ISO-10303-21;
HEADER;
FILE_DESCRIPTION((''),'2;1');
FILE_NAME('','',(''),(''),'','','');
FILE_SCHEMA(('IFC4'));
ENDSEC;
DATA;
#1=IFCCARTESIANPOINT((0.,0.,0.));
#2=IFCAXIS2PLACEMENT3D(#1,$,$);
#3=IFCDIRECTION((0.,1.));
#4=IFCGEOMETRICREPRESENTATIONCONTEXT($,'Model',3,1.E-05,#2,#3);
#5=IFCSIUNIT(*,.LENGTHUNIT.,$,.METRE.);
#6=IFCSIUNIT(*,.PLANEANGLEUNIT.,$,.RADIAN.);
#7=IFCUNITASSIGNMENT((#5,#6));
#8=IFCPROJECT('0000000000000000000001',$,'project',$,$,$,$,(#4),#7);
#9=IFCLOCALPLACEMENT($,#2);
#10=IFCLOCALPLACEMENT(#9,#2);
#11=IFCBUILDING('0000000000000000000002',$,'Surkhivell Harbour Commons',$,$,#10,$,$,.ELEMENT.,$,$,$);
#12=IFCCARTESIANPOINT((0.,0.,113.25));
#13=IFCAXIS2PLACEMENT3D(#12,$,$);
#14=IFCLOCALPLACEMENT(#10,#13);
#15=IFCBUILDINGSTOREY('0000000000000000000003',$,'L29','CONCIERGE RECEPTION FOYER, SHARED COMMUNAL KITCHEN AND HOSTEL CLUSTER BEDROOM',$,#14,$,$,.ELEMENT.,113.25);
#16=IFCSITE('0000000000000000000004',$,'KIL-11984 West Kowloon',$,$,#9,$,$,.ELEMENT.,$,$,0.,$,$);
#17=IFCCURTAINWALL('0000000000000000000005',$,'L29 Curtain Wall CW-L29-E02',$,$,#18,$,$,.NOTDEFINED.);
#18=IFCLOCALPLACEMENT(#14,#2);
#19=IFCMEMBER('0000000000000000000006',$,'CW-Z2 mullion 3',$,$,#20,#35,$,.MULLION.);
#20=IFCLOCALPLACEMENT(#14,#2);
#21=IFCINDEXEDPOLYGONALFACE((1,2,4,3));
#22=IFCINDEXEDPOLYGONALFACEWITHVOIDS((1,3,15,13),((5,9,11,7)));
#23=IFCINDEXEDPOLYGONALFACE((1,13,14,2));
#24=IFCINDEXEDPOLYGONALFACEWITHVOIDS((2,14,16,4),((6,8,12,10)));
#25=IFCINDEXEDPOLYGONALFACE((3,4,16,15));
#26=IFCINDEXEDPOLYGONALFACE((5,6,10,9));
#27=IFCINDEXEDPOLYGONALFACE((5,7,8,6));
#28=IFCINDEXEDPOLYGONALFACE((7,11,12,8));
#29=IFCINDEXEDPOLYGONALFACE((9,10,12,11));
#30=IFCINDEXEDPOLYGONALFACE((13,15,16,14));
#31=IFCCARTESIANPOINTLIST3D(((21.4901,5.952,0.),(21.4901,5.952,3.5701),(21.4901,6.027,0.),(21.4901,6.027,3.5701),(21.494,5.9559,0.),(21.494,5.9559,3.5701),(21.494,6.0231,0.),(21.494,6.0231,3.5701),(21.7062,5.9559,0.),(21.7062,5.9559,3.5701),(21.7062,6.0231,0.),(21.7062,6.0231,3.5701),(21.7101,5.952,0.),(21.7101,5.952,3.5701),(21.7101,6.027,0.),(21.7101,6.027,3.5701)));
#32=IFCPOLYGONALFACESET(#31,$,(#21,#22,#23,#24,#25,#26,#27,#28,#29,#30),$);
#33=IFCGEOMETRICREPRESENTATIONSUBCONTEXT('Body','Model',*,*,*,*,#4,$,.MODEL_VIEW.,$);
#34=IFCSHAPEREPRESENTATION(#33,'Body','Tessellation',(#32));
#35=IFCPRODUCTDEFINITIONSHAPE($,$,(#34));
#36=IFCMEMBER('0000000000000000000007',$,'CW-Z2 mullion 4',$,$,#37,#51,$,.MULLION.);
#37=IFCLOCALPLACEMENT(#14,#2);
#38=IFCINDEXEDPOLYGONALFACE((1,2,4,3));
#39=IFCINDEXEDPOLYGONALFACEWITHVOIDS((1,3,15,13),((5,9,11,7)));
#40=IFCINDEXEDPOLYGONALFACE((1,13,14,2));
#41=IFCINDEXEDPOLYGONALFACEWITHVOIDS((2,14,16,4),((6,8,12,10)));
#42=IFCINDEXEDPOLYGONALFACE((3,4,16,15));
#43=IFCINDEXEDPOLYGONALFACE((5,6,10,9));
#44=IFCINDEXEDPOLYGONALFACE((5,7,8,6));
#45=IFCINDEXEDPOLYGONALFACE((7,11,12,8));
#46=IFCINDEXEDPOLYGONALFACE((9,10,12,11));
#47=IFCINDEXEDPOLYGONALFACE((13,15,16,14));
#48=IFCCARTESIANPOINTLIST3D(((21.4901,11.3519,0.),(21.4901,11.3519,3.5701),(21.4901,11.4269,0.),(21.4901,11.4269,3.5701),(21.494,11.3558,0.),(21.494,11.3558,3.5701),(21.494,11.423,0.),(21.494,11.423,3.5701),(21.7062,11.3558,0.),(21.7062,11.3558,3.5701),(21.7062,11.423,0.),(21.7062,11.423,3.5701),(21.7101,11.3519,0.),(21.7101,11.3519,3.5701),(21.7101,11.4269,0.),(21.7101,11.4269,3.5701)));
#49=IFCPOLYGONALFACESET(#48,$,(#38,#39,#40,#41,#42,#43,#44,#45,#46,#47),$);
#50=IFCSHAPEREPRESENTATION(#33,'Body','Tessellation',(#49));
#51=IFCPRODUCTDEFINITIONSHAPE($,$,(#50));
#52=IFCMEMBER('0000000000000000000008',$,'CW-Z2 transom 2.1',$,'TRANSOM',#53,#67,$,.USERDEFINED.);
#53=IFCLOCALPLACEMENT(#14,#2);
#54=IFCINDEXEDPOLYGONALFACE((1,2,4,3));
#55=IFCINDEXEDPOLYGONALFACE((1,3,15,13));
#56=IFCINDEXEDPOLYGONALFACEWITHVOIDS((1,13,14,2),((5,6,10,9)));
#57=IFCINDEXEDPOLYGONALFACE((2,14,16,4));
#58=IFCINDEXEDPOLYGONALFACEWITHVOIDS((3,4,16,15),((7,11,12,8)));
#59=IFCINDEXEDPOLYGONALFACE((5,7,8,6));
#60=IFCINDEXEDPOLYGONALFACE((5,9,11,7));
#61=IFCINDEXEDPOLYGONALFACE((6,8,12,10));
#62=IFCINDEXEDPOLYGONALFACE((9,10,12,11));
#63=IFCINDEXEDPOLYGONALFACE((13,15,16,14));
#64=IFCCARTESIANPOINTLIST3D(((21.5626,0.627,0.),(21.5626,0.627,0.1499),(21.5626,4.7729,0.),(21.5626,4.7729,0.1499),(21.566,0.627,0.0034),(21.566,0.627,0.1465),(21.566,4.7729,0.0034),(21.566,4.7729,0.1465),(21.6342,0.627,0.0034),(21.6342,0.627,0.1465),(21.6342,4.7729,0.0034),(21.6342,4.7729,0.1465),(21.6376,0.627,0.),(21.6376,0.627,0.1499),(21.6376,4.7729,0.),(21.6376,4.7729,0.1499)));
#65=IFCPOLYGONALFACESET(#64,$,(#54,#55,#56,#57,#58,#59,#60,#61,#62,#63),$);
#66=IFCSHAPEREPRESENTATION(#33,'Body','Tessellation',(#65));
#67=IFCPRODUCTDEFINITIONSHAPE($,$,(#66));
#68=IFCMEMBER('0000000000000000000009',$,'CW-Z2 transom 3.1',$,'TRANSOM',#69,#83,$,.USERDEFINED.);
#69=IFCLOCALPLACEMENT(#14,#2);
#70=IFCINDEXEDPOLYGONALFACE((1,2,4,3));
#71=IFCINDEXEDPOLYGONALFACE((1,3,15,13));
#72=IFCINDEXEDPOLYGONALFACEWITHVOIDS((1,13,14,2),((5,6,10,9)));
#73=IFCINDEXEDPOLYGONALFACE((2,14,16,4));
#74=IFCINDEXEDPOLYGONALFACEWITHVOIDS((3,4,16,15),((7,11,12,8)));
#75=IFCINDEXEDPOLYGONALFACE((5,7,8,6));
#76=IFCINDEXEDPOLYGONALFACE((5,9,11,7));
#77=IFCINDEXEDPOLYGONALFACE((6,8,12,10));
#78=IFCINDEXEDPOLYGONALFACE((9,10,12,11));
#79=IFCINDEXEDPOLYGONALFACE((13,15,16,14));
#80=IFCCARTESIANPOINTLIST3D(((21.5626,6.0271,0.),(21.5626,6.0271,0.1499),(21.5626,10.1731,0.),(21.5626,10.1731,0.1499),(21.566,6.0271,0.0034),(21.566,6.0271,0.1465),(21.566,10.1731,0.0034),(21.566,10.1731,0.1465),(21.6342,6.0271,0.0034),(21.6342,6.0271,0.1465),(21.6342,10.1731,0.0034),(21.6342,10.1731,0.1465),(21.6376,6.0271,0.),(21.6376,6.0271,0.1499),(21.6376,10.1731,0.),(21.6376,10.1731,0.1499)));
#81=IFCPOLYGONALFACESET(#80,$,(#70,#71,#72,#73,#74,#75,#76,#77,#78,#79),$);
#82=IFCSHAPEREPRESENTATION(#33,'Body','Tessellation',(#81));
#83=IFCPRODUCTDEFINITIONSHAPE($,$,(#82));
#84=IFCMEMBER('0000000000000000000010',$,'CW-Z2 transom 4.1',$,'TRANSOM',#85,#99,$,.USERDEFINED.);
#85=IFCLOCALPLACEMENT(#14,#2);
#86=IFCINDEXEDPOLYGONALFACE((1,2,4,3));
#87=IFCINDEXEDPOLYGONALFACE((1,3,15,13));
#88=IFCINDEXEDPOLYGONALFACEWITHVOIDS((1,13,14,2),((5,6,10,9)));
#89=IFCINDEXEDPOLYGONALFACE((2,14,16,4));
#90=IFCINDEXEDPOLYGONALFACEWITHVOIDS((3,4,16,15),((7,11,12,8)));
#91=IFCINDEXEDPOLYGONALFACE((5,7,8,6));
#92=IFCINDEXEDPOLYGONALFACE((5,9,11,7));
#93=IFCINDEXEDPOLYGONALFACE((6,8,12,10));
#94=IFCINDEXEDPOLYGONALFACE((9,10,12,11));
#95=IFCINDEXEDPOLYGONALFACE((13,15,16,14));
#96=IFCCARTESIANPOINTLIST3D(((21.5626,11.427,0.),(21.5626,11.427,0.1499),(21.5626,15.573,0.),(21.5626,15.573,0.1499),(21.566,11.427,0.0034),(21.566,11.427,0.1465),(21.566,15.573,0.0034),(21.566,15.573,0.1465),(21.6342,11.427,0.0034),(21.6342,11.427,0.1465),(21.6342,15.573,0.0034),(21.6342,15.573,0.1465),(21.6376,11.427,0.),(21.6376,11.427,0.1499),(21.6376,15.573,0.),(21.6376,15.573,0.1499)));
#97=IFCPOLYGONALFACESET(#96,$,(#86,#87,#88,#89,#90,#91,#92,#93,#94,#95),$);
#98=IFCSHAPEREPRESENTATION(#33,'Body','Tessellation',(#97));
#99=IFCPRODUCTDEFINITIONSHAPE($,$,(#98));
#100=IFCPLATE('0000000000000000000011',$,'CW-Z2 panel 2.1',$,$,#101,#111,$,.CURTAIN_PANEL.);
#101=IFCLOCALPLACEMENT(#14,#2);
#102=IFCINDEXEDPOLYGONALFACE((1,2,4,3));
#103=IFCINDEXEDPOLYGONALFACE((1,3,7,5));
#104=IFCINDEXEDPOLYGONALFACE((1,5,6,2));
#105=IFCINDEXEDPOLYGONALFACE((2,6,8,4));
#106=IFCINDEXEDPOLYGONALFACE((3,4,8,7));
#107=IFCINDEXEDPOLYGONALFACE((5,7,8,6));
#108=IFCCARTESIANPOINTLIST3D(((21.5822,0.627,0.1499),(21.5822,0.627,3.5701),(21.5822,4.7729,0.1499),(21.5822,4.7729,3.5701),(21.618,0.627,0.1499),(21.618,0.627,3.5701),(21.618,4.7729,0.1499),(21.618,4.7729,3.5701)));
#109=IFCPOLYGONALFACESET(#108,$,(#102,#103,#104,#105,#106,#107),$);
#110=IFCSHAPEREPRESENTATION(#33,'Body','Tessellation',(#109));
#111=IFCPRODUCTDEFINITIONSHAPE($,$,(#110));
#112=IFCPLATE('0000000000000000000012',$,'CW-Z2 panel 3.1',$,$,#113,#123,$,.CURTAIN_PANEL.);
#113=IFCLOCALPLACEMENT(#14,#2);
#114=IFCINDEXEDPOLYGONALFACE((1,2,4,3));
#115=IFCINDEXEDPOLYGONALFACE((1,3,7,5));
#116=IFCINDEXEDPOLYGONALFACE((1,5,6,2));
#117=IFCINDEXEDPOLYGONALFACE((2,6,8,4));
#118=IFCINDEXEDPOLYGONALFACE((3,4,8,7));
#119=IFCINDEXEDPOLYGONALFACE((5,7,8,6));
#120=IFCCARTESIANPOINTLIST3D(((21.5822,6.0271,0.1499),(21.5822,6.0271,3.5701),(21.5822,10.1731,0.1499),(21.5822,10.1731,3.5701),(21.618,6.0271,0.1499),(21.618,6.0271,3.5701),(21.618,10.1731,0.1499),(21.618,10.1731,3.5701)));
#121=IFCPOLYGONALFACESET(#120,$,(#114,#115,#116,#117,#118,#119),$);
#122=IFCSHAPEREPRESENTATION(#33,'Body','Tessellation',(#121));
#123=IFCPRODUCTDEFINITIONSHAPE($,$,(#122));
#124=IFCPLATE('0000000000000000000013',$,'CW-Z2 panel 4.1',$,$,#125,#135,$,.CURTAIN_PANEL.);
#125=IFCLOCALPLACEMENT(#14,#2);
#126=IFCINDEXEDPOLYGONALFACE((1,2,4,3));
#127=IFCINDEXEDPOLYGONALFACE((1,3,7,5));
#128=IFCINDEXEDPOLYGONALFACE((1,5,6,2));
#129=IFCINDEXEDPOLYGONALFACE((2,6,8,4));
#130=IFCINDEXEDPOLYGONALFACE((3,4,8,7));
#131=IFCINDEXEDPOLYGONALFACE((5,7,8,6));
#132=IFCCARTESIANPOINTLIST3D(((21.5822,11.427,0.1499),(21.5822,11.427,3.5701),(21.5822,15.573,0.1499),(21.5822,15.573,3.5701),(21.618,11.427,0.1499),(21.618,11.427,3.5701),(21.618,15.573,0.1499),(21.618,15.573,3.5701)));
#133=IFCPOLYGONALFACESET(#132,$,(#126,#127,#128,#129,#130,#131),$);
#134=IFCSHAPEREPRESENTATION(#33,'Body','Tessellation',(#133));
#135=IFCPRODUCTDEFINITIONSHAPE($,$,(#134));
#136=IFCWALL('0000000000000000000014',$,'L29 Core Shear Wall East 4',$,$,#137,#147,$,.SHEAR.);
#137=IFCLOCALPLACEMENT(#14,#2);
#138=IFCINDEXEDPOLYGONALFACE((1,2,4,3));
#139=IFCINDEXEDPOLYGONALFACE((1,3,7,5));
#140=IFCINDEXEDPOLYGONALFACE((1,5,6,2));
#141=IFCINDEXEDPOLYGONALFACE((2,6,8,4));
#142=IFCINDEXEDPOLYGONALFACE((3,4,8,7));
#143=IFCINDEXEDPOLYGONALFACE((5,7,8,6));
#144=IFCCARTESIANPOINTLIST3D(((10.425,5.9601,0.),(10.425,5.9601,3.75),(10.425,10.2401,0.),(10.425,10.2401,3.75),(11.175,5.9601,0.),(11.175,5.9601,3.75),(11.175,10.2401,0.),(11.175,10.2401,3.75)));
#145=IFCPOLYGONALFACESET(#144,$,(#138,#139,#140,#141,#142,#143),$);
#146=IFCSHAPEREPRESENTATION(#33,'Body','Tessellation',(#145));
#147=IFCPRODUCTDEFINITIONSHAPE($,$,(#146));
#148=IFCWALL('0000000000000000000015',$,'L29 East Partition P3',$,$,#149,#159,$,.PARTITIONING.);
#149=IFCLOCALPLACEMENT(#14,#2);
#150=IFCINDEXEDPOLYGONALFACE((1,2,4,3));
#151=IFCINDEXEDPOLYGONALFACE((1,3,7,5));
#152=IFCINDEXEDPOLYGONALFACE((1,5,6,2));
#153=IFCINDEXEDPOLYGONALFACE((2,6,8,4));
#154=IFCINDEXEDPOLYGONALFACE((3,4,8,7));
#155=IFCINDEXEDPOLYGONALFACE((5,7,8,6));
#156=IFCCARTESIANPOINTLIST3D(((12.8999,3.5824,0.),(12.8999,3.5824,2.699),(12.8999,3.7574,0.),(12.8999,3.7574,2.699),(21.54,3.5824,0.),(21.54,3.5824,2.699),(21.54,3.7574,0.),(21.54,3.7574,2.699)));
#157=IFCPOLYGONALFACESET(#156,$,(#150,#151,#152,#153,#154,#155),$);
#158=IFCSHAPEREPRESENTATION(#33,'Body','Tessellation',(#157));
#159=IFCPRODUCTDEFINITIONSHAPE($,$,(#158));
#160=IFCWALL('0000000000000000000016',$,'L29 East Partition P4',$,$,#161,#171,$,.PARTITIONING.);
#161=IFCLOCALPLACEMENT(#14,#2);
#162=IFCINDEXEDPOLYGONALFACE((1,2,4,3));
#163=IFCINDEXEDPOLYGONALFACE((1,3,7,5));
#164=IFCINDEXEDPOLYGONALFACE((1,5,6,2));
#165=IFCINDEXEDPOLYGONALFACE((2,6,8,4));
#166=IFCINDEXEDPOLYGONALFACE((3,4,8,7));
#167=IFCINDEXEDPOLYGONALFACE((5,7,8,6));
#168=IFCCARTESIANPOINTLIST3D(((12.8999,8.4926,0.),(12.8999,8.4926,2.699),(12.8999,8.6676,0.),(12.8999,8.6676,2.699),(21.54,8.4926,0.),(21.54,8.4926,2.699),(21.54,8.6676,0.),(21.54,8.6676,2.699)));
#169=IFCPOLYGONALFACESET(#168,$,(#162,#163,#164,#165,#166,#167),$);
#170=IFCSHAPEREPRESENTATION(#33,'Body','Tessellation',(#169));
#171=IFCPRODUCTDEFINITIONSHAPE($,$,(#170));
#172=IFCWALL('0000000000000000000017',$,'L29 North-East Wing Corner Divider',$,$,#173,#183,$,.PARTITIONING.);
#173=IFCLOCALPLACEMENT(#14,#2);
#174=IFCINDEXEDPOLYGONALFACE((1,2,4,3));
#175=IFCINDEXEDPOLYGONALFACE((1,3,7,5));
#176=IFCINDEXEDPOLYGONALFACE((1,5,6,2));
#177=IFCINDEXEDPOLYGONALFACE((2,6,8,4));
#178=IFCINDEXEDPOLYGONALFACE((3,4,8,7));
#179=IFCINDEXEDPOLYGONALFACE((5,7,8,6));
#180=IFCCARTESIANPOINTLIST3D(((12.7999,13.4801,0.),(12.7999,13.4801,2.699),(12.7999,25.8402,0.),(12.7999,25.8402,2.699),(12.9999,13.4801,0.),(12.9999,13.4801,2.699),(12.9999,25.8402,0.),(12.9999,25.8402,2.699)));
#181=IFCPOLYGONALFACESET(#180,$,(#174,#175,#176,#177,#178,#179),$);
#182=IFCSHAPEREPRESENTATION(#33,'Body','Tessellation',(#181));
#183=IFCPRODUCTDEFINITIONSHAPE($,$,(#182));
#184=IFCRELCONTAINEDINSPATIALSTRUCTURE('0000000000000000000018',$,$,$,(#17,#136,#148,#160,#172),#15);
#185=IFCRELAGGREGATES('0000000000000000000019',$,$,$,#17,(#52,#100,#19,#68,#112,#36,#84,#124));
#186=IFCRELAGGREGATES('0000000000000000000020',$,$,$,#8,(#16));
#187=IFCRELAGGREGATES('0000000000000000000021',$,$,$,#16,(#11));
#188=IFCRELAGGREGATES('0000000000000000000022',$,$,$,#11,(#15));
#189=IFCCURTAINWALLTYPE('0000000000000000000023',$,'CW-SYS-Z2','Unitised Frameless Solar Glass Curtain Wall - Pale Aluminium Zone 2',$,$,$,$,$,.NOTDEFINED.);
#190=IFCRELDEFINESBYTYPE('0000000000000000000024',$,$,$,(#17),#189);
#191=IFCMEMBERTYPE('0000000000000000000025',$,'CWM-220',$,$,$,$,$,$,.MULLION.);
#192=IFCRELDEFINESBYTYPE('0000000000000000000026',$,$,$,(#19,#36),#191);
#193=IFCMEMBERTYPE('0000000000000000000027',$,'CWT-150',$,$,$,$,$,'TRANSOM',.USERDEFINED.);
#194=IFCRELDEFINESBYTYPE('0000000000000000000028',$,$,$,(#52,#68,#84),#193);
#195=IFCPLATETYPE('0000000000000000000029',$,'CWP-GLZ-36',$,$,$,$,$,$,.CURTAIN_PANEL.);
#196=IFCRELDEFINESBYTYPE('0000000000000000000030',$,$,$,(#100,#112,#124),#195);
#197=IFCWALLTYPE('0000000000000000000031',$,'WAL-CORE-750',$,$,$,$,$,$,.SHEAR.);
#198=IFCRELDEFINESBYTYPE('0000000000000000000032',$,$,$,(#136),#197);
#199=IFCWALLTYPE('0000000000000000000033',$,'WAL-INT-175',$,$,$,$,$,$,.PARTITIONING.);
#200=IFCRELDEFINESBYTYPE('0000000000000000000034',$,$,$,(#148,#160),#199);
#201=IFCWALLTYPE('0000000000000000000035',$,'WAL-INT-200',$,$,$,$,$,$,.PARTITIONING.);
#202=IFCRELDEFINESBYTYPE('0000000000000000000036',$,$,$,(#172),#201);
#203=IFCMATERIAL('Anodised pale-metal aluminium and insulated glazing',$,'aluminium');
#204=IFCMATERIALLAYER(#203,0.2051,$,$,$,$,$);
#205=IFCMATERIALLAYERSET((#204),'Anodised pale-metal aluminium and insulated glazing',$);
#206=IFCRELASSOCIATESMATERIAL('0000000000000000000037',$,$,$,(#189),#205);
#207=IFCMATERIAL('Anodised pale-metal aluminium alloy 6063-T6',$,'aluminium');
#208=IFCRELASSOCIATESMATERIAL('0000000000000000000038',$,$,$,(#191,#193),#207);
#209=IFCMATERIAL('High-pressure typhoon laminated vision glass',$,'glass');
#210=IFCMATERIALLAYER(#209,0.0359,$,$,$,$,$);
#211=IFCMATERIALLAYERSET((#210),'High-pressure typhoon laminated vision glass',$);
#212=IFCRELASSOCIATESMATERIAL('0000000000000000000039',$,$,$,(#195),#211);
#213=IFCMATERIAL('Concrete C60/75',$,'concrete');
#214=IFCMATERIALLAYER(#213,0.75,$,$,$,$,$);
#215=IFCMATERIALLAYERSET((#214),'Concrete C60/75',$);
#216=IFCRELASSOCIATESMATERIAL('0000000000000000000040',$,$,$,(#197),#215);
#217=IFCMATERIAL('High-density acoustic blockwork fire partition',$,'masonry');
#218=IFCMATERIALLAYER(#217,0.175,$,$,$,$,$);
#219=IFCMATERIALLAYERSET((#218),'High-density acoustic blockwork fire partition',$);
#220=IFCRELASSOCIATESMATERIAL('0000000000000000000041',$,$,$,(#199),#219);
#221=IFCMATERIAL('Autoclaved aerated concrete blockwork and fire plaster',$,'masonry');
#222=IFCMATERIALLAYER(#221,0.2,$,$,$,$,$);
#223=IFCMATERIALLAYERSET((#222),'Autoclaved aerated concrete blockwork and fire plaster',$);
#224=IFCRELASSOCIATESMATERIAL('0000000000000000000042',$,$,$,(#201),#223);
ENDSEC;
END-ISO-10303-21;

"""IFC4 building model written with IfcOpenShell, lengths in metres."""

from ifc_helpers import new_model, si_unit, direction, frame, frame_2d, origin, origin_2d, place, context, subcontext, project, spatial, rectangle, hollow_rectangle, extrude, material, layer, layer_set, material_profile, profile_set, type_object, element, aggregate, save


model = new_model("IFC4")

# Units and contexts
model_context = context("Model", 3, precision=1e-05, world=origin(), true_north=direction((0.0, 1.0)))
body_context = subcontext(model_context, "Body", "Model", "MODEL_VIEW")
ifc_project = project(units=[si_unit("LENGTHUNIT", "METRE"), si_unit("PLANEANGLEUNIT", "RADIAN")], contexts=[model_context])

# Site, building, storey
site_placement = place(None, origin())
site = spatial("IfcSite", under=ifc_project, at=site_placement, Name="KIL-11984 West Kowloon", CompositionType="ELEMENT", RefElevation=0.0)
building_placement = place(site_placement, origin())
building = spatial("IfcBuilding", under=site, at=building_placement, Name="Surkhivell Harbour Commons", CompositionType="ELEMENT")
storey_placement = place(building_placement, frame((0.0, 0.0, 113.25)))
storey = spatial("IfcBuildingStorey", under=building, at=storey_placement, Name="L29", Description="CONCIERGE RECEPTION FOYER, SHARED COMMUNAL KITCHEN AND HOSTEL CLUSTER BEDROOM", CompositionType="ELEMENT", Elevation=113.25)

# Shared definitions
ifc_material_1 = material(Name="Concrete C60/75", Category="concrete")

# Curtain wall, members, plates
ifc_material_2 = material(Name="Anodised pale-metal aluminium and insulated glazing", Category="aluminium")
ifc_layer_1 = layer(ifc_material_2, 0.2051)
ifc_layer_set_1 = layer_set([ifc_layer_1], Name="Anodised pale-metal aluminium and insulated glazing")
curtain_wall_type = type_object("IfcCurtainWallType", Name="CW-SYS-Z2", Description="Unitised Frameless Solar Glass Curtain Wall - Pale Aluminium Zone 2", PredefinedType="NOTDEFINED", material=ifc_layer_set_1)
curtain_wall_placement = place(storey_placement, origin())
curtain_wall = element("IfcCurtainWall", 1, at=curtain_wall_placement, inside=storey, type_object=curtain_wall_type, Name="L29 Curtain Wall CW-L29-E02", PredefinedType="NOTDEFINED")
ifc_material_3 = material(Name="Anodised pale-metal aluminium alloy 6063-T6", Category="aluminium")
ifc_material_profile_1 = material_profile(ifc_material_3, hollow_rectangle(XDim=0.075, YDim=0.22, WallThickness=0.0039, at=origin_2d()), Name="ALU-MULL-75x220")
ifc_profile_set_1 = profile_set([ifc_material_profile_1], Name="Anodised pale-metal aluminium alloy 6063-T6")
member_type_1 = type_object("IfcMemberType", Name="CWM-220", PredefinedType="MULLION", material=ifc_profile_set_1)
member_1_placement = place(storey_placement, frame((21.6001, 5.9895, 0.0), z_axis=(0.0, 0.0, 1.0), x_axis=(0.0, 1.0, 0.0)))
member_1 = element("IfcMember", 2, at=member_1_placement, type_object=member_type_1, Name="CW-Z2 mullion 3", PredefinedType="MULLION", context=body_context, shape_type="SweptSolid", body=[
    extrude(hollow_rectangle(XDim=0.075, YDim=0.22, WallThickness=0.0039, at=origin_2d()), origin(), (0.0, 0.0, 1.0), 3.5701),
])
member_2_placement = place(storey_placement, frame((21.6001, 11.3894, 0.0), z_axis=(0.0, 0.0, 1.0), x_axis=(0.0, 1.0, 0.0)))
member_2 = element("IfcMember", 3, at=member_2_placement, type_object=member_type_1, Name="CW-Z2 mullion 4", PredefinedType="MULLION", context=body_context, shape_type="SweptSolid", body=[
    extrude(hollow_rectangle(XDim=0.075, YDim=0.22, WallThickness=0.0039, at=origin_2d()), origin(), (0.0, 0.0, 1.0), 3.5701),
])
ifc_material_profile_2 = material_profile(ifc_material_3, hollow_rectangle(XDim=0.075, YDim=0.1499, WallThickness=0.0034, at=origin_2d()), Name="ALU-TRAN-75x150")
ifc_profile_set_2 = profile_set([ifc_material_profile_2], Name="Anodised pale-metal aluminium alloy 6063-T6")
member_type_2 = type_object("IfcMemberType", Name="CWT-150", ElementType="TRANSOM", PredefinedType="USERDEFINED", material=ifc_profile_set_2)
member_3_placement = place(storey_placement, frame((21.6001, 0.627, 0.075), z_axis=(0.0, 1.0, 0.0), x_axis=(-1.0, 0.0, 0.0)))
member_3 = element("IfcMember", 4, at=member_3_placement, type_object=member_type_2, Name="CW-Z2 transom 2.1", ObjectType="TRANSOM", PredefinedType="USERDEFINED", context=body_context, shape_type="SweptSolid", body=[
    extrude(hollow_rectangle(XDim=0.075, YDim=0.1499, WallThickness=0.0034, at=origin_2d()), origin(), (0.0, 0.0, 1.0), 4.146),
])
member_4_placement = place(storey_placement, frame((21.6001, 6.0271, 0.075), z_axis=(0.0, 1.0, 0.0), x_axis=(-1.0, 0.0, 0.0)))
member_4 = element("IfcMember", 5, at=member_4_placement, type_object=member_type_2, Name="CW-Z2 transom 3.1", ObjectType="TRANSOM", PredefinedType="USERDEFINED", context=body_context, shape_type="SweptSolid", body=[
    extrude(hollow_rectangle(XDim=0.075, YDim=0.1499, WallThickness=0.0034, at=origin_2d()), origin(), (0.0, 0.0, 1.0), 4.146),
])
member_5_placement = place(storey_placement, frame((21.6001, 11.427, 0.075), z_axis=(0.0, 1.0, 0.0), x_axis=(-1.0, 0.0, 0.0)))
member_5 = element("IfcMember", 6, at=member_5_placement, type_object=member_type_2, Name="CW-Z2 transom 4.1", ObjectType="TRANSOM", PredefinedType="USERDEFINED", context=body_context, shape_type="SweptSolid", body=[
    extrude(hollow_rectangle(XDim=0.075, YDim=0.1499, WallThickness=0.0034, at=origin_2d()), origin(), (0.0, 0.0, 1.0), 4.146),
])
ifc_material_4 = material(Name="High-pressure typhoon laminated vision glass", Category="glass")
ifc_layer_2 = layer(ifc_material_4, 0.0359)
ifc_layer_set_2 = layer_set([ifc_layer_2], Name="High-pressure typhoon laminated vision glass")
plate_type = type_object("IfcPlateType", Name="CWP-GLZ-36", PredefinedType="CURTAIN_PANEL", material=ifc_layer_set_2)
plate_1_placement = place(storey_placement, frame((21.6001, 0.627, 0.1499), z_axis=(0.0, 0.0, 1.0), x_axis=(0.0, 1.0, 0.0)))
plate_1 = element("IfcPlate", 7, at=plate_1_placement, type_object=plate_type, Name="CW-Z2 panel 2.1", PredefinedType="CURTAIN_PANEL", context=body_context, shape_type="SweptSolid", body=[
    extrude(rectangle(XDim=4.146, YDim=0.0359, at=frame_2d((2.073, 0.0))), origin(), (0.0, 0.0, 1.0), 3.4202),
])
plate_2_placement = place(storey_placement, frame((21.6001, 6.0271, 0.1499), z_axis=(0.0, 0.0, 1.0), x_axis=(0.0, 1.0, 0.0)))
plate_2 = element("IfcPlate", 8, at=plate_2_placement, type_object=plate_type, Name="CW-Z2 panel 3.1", PredefinedType="CURTAIN_PANEL", context=body_context, shape_type="SweptSolid", body=[
    extrude(rectangle(XDim=4.146, YDim=0.0359, at=frame_2d((2.073, 0.0))), origin(), (0.0, 0.0, 1.0), 3.4202),
])
plate_3_placement = place(storey_placement, frame((21.6001, 11.427, 0.1499), z_axis=(0.0, 0.0, 1.0), x_axis=(0.0, 1.0, 0.0)))
plate_3 = element("IfcPlate", 9, at=plate_3_placement, type_object=plate_type, Name="CW-Z2 panel 4.1", PredefinedType="CURTAIN_PANEL", context=body_context, shape_type="SweptSolid", body=[
    extrude(rectangle(XDim=4.146, YDim=0.0359, at=frame_2d((2.073, 0.0))), origin(), (0.0, 0.0, 1.0), 3.4202),
])
aggregate(curtain_wall, [member_3, plate_1, member_1, member_4, plate_2, member_2, member_5, plate_3])

# Walls
ifc_layer_3 = layer(ifc_material_1, 0.75)
ifc_layer_set_3 = layer_set([ifc_layer_3], Name="Concrete C60/75")
wall_type_1 = type_object("IfcWallType", Name="WAL-CORE-750", PredefinedType="SHEAR", material=ifc_layer_set_3)
wall_1_placement = place(storey_placement, frame((10.8, 5.96, 0.0), z_axis=(0.0, 0.0, 1.0), x_axis=(0.0, 1.0, 0.0)))
element("IfcWall", 10, at=wall_1_placement, inside=storey, type_object=wall_type_1, Name="L29 Core Shear Wall East 4", PredefinedType="SHEAR", context=body_context, shape_type="SweptSolid", body=[
    extrude(rectangle(XDim=4.28, YDim=0.75, at=frame_2d((2.1401, 0.0))), origin(), (0.0, 0.0, 1.0), 3.75),
])
ifc_material_5 = material(Name="High-density acoustic blockwork fire partition", Category="masonry")
ifc_layer_4 = layer(ifc_material_5, 0.175)
ifc_layer_set_4 = layer_set([ifc_layer_4], Name="High-density acoustic blockwork fire partition")
wall_type_2 = type_object("IfcWallType", Name="WAL-INT-175", PredefinedType="PARTITIONING", material=ifc_layer_set_4)
for number, where, z_axis, x_axis, name in (
    (11, (12.8999, 3.6699, 0.0), (0.0, 0.0, 1.0), (1.0, 0.0, 0.0), "L29 East Partition P3"),
    (12, (12.8999, 8.5801, 0.0), (0.0, 0.0, 1.0), (1.0, 0.0, 0.0), "L29 East Partition P4"),
):
    element("IfcWall", number, at=place(storey_placement, frame(where, z_axis=z_axis, x_axis=x_axis)), inside=storey, type_object=wall_type_2, Name=name, PredefinedType="PARTITIONING", context=body_context, shape_type="SweptSolid", body=[
        extrude(rectangle(XDim=8.6401, YDim=0.175, at=frame_2d((4.3201, 0.0))), origin(), (0.0, 0.0, 1.0), 2.699),
    ])
ifc_material_6 = material(Name="Autoclaved aerated concrete blockwork and fire plaster", Category="masonry")
ifc_layer_5 = layer(ifc_material_6, 0.2)
ifc_layer_set_5 = layer_set([ifc_layer_5], Name="Autoclaved aerated concrete blockwork and fire plaster")
wall_type_3 = type_object("IfcWallType", Name="WAL-INT-200", PredefinedType="PARTITIONING", material=ifc_layer_set_5)
wall_2_placement = place(storey_placement, frame((12.8999, 13.48, 0.0), z_axis=(0.0, 0.0, 1.0), x_axis=(0.0, 1.0, 0.0)))
element("IfcWall", 13, at=wall_2_placement, inside=storey, type_object=wall_type_3, Name="L29 North-East Wing Corner Divider", PredefinedType="PARTITIONING", context=body_context, shape_type="SweptSolid", body=[
    extrude(rectangle(XDim=12.3601, YDim=0.2, at=frame_2d((6.1802, 0.0))), origin(), (0.0, 0.0, 1.0), 2.699),
])

save(model, "model.ifc")
